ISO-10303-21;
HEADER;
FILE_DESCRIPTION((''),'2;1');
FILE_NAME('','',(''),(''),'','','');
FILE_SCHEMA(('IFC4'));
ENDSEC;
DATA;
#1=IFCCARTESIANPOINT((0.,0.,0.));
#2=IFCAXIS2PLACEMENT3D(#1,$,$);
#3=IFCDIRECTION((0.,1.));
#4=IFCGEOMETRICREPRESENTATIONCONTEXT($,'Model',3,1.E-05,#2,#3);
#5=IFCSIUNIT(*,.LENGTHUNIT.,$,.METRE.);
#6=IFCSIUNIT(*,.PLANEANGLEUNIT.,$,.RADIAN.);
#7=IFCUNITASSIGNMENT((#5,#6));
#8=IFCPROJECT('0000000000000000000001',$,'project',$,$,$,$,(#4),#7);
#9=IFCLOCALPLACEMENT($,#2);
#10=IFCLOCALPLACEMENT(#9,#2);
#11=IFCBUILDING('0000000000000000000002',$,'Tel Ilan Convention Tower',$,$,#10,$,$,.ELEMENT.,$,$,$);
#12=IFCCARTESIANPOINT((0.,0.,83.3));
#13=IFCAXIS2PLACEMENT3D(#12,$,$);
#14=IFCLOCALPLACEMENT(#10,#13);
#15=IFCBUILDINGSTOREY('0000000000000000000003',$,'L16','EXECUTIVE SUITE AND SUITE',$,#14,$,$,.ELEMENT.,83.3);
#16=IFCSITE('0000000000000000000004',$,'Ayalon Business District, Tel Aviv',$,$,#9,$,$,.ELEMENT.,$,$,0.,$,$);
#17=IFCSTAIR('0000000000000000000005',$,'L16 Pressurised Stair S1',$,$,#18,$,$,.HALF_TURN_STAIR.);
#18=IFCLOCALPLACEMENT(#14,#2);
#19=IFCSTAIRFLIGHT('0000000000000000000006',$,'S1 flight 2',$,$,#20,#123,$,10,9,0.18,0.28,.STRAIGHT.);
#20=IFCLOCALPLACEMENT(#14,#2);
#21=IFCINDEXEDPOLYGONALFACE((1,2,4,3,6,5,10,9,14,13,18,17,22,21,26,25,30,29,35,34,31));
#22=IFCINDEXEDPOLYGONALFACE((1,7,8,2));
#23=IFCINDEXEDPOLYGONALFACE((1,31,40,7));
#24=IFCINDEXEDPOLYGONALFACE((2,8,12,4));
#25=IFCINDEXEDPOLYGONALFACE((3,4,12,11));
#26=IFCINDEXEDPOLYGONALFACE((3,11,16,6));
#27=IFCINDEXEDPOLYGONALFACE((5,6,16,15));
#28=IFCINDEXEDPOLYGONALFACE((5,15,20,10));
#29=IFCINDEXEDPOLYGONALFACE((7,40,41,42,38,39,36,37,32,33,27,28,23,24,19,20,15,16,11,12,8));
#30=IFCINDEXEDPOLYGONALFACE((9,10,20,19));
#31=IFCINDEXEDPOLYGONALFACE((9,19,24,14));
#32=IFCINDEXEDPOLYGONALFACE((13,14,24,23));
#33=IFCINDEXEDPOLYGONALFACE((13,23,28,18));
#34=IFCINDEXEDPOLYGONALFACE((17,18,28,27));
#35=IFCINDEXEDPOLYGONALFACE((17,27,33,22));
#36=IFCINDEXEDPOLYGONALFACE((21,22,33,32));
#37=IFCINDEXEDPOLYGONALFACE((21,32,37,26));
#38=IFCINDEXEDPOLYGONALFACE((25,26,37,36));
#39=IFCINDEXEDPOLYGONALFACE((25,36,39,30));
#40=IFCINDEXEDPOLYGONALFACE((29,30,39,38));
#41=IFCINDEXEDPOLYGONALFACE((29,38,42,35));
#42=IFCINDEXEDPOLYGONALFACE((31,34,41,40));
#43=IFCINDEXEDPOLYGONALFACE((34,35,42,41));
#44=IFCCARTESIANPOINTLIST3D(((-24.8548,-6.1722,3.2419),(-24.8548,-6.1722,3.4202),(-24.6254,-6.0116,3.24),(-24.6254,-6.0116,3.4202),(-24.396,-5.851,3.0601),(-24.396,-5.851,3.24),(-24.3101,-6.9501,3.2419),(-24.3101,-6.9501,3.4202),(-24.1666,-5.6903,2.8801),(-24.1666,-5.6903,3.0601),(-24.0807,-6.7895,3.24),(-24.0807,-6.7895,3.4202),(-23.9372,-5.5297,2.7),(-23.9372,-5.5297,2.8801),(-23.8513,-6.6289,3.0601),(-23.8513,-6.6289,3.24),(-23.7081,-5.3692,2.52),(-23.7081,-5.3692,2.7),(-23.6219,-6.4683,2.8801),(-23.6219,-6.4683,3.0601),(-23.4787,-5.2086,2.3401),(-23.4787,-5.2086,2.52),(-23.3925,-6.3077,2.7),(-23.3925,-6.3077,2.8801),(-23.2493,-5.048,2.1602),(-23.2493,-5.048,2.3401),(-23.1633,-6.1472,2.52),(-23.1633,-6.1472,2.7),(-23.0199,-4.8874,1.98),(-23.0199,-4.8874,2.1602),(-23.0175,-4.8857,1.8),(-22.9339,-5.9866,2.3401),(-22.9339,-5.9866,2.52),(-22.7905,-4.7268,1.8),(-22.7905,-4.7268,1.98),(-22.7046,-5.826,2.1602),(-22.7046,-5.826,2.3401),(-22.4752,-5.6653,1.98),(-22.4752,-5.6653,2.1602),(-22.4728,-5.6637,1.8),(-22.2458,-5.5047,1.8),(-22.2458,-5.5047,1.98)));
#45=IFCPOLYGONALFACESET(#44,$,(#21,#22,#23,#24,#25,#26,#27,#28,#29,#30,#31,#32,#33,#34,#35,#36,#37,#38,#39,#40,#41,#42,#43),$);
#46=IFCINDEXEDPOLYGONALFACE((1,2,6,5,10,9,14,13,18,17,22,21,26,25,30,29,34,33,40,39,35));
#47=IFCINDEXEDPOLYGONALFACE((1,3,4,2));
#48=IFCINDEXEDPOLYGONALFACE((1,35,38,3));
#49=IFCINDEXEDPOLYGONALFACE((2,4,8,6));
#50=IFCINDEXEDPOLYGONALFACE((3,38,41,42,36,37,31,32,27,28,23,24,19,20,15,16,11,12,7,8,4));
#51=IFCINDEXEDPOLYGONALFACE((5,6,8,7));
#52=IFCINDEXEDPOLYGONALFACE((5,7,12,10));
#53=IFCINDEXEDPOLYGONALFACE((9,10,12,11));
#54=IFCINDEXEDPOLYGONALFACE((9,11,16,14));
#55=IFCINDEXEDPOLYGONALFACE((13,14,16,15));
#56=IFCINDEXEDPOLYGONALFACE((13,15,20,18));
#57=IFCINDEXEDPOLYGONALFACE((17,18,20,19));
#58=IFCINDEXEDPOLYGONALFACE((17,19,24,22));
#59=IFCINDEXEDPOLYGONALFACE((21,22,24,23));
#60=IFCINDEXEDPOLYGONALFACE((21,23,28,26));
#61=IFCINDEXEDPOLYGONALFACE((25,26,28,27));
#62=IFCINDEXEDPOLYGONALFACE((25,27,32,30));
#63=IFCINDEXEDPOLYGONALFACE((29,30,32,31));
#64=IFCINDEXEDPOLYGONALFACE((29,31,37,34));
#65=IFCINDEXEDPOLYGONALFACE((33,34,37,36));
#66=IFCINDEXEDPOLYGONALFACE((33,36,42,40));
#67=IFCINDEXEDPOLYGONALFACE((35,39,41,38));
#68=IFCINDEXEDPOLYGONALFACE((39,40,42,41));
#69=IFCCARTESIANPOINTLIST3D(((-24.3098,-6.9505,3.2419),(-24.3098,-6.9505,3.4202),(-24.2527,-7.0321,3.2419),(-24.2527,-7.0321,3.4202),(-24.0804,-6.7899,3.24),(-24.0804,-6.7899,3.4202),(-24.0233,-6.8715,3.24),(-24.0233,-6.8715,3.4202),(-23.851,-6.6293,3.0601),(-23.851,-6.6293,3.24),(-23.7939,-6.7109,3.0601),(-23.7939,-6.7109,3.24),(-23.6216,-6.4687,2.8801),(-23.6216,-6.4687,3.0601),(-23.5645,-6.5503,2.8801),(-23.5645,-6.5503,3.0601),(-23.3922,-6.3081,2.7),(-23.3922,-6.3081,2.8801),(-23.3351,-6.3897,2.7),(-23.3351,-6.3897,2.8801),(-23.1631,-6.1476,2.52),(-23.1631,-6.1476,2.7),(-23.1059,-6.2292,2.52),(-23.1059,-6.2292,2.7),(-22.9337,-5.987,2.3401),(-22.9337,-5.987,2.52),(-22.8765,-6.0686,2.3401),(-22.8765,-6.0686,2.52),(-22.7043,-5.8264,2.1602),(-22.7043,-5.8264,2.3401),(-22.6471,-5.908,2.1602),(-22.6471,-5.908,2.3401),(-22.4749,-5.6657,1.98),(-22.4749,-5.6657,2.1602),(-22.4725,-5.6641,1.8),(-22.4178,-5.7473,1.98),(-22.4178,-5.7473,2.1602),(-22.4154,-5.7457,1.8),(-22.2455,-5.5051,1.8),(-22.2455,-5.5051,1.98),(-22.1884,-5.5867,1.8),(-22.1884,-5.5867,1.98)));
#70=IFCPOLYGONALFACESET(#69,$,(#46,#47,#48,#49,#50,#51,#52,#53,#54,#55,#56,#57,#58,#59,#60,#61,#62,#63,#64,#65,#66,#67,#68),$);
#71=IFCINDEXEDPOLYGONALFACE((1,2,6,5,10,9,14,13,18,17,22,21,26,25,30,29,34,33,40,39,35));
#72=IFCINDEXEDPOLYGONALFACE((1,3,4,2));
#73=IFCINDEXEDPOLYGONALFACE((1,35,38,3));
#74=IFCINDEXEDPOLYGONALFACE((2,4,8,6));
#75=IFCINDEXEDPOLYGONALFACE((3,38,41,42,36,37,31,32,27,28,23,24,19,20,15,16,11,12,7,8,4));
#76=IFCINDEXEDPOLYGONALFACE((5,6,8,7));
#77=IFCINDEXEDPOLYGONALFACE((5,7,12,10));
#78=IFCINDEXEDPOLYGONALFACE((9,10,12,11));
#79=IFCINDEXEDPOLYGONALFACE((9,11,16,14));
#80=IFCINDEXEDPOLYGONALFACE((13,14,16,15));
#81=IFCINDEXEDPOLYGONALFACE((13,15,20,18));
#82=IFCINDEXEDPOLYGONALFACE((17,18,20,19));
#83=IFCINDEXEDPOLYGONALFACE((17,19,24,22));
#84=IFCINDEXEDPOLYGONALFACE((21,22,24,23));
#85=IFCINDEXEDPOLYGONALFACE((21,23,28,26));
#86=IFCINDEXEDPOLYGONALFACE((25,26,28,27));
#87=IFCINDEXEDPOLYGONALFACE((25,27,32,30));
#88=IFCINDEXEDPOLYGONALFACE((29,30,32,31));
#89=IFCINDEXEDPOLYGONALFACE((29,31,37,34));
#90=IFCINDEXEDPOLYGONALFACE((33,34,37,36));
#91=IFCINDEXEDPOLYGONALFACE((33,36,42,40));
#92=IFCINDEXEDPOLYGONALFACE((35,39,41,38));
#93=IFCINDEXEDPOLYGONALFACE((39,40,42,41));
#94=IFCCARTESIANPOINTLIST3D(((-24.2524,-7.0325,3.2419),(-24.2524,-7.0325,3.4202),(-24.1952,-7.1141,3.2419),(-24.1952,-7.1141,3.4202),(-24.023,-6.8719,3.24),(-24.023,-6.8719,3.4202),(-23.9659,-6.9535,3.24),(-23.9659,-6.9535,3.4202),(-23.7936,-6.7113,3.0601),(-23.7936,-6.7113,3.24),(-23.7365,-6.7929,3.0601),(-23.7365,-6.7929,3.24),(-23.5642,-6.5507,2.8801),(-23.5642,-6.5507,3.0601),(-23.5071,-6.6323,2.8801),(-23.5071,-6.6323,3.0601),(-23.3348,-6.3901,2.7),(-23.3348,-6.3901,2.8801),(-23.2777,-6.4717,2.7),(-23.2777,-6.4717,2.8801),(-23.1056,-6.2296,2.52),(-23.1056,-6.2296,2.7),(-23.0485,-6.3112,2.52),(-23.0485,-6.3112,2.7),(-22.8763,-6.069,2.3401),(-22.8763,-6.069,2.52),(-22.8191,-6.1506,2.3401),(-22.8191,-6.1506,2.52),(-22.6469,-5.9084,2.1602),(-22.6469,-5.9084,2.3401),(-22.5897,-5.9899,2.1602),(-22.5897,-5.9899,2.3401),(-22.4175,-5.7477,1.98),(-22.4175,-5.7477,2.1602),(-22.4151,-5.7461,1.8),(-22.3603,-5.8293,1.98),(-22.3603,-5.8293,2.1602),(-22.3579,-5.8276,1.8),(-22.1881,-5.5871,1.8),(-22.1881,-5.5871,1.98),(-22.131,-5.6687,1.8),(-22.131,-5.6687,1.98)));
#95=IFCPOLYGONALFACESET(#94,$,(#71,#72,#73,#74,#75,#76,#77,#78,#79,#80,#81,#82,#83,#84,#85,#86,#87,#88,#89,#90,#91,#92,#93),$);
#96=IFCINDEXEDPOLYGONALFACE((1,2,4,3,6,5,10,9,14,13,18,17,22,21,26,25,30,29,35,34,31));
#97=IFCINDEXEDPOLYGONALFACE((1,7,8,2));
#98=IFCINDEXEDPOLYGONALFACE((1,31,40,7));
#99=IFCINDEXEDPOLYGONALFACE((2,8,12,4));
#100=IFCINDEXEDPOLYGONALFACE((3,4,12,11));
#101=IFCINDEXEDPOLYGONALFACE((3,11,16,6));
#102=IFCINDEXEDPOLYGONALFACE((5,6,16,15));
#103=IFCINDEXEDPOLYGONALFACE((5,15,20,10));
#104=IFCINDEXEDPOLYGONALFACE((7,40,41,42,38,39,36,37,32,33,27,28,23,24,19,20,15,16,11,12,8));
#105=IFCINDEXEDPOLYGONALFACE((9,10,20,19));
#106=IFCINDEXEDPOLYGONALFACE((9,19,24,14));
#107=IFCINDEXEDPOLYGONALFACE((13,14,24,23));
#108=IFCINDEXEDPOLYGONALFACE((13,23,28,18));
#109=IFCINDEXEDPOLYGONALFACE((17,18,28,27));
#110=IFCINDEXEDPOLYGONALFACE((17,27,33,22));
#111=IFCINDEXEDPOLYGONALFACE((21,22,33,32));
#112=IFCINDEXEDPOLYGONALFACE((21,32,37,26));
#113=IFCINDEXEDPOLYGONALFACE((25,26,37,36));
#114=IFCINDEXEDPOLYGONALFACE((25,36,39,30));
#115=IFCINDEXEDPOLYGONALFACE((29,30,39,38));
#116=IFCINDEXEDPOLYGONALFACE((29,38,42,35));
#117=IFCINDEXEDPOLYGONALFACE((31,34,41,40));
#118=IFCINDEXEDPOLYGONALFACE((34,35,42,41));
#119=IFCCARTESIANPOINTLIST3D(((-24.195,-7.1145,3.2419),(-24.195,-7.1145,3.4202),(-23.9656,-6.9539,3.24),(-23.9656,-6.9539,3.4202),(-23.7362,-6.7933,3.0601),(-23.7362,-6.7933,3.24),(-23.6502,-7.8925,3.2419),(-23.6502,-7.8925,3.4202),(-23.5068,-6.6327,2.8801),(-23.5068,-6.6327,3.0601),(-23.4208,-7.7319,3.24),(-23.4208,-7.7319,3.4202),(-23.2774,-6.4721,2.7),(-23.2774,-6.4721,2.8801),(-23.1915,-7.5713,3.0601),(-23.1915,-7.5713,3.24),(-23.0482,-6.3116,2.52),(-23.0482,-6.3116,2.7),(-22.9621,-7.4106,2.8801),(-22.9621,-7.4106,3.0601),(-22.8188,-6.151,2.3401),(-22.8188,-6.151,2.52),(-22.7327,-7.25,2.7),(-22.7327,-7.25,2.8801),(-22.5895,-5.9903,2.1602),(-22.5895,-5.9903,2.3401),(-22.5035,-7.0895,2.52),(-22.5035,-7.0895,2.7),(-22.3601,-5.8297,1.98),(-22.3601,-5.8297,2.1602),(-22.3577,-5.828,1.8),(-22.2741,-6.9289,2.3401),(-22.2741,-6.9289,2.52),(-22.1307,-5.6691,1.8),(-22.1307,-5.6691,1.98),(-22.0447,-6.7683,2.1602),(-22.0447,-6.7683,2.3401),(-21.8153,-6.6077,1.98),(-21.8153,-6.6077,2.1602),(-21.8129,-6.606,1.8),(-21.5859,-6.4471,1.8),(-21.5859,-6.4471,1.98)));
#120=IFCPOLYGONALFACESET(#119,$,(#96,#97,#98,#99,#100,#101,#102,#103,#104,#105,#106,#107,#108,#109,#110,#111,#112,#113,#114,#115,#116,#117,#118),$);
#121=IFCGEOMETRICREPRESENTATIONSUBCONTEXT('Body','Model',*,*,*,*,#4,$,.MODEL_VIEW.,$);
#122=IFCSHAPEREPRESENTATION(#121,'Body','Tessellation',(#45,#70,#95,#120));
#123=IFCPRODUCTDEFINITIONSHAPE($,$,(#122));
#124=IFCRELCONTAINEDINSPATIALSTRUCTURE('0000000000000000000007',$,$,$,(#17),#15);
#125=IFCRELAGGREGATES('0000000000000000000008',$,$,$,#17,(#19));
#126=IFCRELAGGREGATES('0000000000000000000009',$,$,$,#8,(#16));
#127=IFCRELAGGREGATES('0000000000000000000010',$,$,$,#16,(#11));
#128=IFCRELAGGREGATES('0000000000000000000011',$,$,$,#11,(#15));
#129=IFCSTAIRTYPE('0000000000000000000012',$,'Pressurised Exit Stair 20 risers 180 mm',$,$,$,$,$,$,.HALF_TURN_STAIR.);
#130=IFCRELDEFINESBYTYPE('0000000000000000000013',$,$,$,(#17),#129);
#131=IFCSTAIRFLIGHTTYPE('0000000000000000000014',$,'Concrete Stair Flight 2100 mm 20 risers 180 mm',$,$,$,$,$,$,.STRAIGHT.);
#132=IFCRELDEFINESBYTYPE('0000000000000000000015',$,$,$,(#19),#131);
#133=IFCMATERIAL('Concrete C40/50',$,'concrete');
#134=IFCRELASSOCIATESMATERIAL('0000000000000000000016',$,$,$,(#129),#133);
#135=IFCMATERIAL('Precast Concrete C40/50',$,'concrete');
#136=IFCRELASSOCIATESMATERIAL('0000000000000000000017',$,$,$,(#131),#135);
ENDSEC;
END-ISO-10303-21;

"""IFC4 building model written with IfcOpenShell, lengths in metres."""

from ifc_helpers import new_model, si_unit, direction, frame, origin, place, context, subcontext, project, spatial, polyline, outline, extrude, material, type_object, element, aggregate, save


model = new_model("IFC4")

# Units and contexts
model_context = context("Model", 3, precision=1e-05, world=origin(), true_north=direction((0.0, 1.0)))
body_context = subcontext(model_context, "Body", "Model", "MODEL_VIEW")
ifc_project = project(units=[si_unit("LENGTHUNIT", "METRE"), si_unit("PLANEANGLEUNIT", "RADIAN")], contexts=[model_context])

# Site, building, storey
site_placement = place(None, origin())
site = spatial("IfcSite", under=ifc_project, at=site_placement, Name="Ayalon Business District, Tel Aviv", CompositionType="ELEMENT", RefElevation=0.0)
building_placement = place(site_placement, origin())
building = spatial("IfcBuilding", under=site, at=building_placement, Name="Tel Ilan Convention Tower", CompositionType="ELEMENT")
storey_placement = place(building_placement, frame((0.0, 0.0, 83.3)))
storey = spatial("IfcBuildingStorey", under=building, at=storey_placement, Name="L16", Description="EXECUTIVE SUITE AND SUITE", CompositionType="ELEMENT", Elevation=83.3)

# Stair, stair flight
ifc_material_1 = material(Name="Concrete C40/50", Category="concrete")
stair_type = type_object("IfcStairType", Name="Pressurised Exit Stair 20 risers 180 mm", PredefinedType="HALF_TURN_STAIR", material=ifc_material_1)
stair_1_placement = place(storey_placement, origin())
stair_1 = element("IfcStair", 1, at=stair_1_placement, inside=storey, type_object=stair_type, Name="L16 Pressurised Stair S1", PredefinedType="HALF_TURN_STAIR")
ifc_material_2 = material(Name="Precast Concrete C40/50", Category="concrete")
stair_flight_type = type_object("IfcStairFlightType", Name="Concrete Stair Flight 2100 mm 20 risers 180 mm", PredefinedType="STRAIGHT", material=ifc_material_2)
stair_flight_1_placement = place(storey_placement, frame((-22.1882, -5.5869, 1.8), z_axis=(0.0, 0.0, 1.0), x_axis=(-0.819152, -0.573576, 0.0)))
stair_flight_1 = element("IfcStairFlight", 2, at=stair_flight_1_placement, type_object=stair_flight_type, Name="S1 flight 2", NumberOfRisers=10, NumberOfTreads=9, PredefinedType="STRAIGHT", RiserHeight=0.18, TreadLength=0.28, context=body_context, shape_type="SweptSolid", body=[
    extrude(outline(polyline([(0.0, 0.0), (0.0, 0.1799), (0.28, 0.1799), (0.28, 0.3601), (0.5601, 0.3601), (0.5601, 0.54), (0.8401, 0.54), (0.8401, 0.72), (1.1201, 0.72), (1.1201, 0.8999), (1.3999, 0.8999), (1.3999, 1.0801), (1.6799, 1.0801), (1.6799, 1.26), (1.96, 1.26), (1.96, 1.4399), (2.24, 1.4399), (2.24, 1.6201), (2.52, 1.6201), (2.52, 1.8), (2.52, 1.4419), (0.2771, 0.0), (0.0, 0.0)])), frame((0.0, -0.1003, 0.0), z_axis=(0.0, -1.0, 0.0), x_axis=(1.0, 0.0, 0.0)), (0.0, 0.0, 1.0), 0.9497),
    extrude(outline(polyline([(0.0, 0.0), (0.0, 0.1799), (0.28, 0.1799), (0.28, 0.3601), (0.5601, 0.3601), (0.5601, 0.54), (0.8401, 0.54), (0.8401, 0.72), (1.1201, 0.72), (1.1201, 0.8999), (1.3999, 0.8999), (1.3999, 1.0801), (1.6799, 1.0801), (1.6799, 1.26), (1.96, 1.26), (1.96, 1.4399), (2.24, 1.4399), (2.24, 1.6201), (2.52, 1.6201), (2.52, 1.8), (2.52, 1.4419), (0.2771, 0.0), (0.0, 0.0)])), frame((0.0, -0.0002, 0.0), z_axis=(0.0, -1.0, 0.0), x_axis=(1.0, 0.0, 0.0)), (0.0, 0.0, 1.0), 0.0996),
    extrude(outline(polyline([(0.0, 0.0), (0.0, 0.1799), (0.28, 0.1799), (0.28, 0.3601), (0.5601, 0.3601), (0.5601, 0.54), (0.8401, 0.54), (0.8401, 0.72), (1.1201, 0.72), (1.1201, 0.8999), (1.3999, 0.8999), (1.3999, 1.0801), (1.6799, 1.0801), (1.6799, 1.26), (1.96, 1.26), (1.96, 1.4399), (2.24, 1.4399), (2.24, 1.6201), (2.52, 1.6201), (2.52, 1.8), (2.52, 1.4419), (0.2771, 0.0), (0.0, 0.0)])), frame((0.0, 0.0999, 0.0), z_axis=(0.0, -1.0, 0.0), x_axis=(1.0, 0.0, 0.0)), (0.0, 0.0, 1.0), 0.0996),
    extrude(outline(polyline([(0.0, 0.0), (0.0, 0.1799), (0.28, 0.1799), (0.28, 0.3601), (0.5601, 0.3601), (0.5601, 0.54), (0.8401, 0.54), (0.8401, 0.72), (1.1201, 0.72), (1.1201, 0.8999), (1.3999, 0.8999), (1.3999, 1.0801), (1.6799, 1.0801), (1.6799, 1.26), (1.96, 1.26), (1.96, 1.4399), (2.24, 1.4399), (2.24, 1.6201), (2.52, 1.6201), (2.52, 1.8), (2.52, 1.4419), (0.2771, 0.0), (0.0, 0.0)])), frame((0.0, 1.05, 0.0), z_axis=(0.0, -1.0, 0.0), x_axis=(1.0, 0.0, 0.0)), (0.0, 0.0, 1.0), 0.9497),
])
aggregate(stair_1, [stair_flight_1])

save(model, "model.ifc")
